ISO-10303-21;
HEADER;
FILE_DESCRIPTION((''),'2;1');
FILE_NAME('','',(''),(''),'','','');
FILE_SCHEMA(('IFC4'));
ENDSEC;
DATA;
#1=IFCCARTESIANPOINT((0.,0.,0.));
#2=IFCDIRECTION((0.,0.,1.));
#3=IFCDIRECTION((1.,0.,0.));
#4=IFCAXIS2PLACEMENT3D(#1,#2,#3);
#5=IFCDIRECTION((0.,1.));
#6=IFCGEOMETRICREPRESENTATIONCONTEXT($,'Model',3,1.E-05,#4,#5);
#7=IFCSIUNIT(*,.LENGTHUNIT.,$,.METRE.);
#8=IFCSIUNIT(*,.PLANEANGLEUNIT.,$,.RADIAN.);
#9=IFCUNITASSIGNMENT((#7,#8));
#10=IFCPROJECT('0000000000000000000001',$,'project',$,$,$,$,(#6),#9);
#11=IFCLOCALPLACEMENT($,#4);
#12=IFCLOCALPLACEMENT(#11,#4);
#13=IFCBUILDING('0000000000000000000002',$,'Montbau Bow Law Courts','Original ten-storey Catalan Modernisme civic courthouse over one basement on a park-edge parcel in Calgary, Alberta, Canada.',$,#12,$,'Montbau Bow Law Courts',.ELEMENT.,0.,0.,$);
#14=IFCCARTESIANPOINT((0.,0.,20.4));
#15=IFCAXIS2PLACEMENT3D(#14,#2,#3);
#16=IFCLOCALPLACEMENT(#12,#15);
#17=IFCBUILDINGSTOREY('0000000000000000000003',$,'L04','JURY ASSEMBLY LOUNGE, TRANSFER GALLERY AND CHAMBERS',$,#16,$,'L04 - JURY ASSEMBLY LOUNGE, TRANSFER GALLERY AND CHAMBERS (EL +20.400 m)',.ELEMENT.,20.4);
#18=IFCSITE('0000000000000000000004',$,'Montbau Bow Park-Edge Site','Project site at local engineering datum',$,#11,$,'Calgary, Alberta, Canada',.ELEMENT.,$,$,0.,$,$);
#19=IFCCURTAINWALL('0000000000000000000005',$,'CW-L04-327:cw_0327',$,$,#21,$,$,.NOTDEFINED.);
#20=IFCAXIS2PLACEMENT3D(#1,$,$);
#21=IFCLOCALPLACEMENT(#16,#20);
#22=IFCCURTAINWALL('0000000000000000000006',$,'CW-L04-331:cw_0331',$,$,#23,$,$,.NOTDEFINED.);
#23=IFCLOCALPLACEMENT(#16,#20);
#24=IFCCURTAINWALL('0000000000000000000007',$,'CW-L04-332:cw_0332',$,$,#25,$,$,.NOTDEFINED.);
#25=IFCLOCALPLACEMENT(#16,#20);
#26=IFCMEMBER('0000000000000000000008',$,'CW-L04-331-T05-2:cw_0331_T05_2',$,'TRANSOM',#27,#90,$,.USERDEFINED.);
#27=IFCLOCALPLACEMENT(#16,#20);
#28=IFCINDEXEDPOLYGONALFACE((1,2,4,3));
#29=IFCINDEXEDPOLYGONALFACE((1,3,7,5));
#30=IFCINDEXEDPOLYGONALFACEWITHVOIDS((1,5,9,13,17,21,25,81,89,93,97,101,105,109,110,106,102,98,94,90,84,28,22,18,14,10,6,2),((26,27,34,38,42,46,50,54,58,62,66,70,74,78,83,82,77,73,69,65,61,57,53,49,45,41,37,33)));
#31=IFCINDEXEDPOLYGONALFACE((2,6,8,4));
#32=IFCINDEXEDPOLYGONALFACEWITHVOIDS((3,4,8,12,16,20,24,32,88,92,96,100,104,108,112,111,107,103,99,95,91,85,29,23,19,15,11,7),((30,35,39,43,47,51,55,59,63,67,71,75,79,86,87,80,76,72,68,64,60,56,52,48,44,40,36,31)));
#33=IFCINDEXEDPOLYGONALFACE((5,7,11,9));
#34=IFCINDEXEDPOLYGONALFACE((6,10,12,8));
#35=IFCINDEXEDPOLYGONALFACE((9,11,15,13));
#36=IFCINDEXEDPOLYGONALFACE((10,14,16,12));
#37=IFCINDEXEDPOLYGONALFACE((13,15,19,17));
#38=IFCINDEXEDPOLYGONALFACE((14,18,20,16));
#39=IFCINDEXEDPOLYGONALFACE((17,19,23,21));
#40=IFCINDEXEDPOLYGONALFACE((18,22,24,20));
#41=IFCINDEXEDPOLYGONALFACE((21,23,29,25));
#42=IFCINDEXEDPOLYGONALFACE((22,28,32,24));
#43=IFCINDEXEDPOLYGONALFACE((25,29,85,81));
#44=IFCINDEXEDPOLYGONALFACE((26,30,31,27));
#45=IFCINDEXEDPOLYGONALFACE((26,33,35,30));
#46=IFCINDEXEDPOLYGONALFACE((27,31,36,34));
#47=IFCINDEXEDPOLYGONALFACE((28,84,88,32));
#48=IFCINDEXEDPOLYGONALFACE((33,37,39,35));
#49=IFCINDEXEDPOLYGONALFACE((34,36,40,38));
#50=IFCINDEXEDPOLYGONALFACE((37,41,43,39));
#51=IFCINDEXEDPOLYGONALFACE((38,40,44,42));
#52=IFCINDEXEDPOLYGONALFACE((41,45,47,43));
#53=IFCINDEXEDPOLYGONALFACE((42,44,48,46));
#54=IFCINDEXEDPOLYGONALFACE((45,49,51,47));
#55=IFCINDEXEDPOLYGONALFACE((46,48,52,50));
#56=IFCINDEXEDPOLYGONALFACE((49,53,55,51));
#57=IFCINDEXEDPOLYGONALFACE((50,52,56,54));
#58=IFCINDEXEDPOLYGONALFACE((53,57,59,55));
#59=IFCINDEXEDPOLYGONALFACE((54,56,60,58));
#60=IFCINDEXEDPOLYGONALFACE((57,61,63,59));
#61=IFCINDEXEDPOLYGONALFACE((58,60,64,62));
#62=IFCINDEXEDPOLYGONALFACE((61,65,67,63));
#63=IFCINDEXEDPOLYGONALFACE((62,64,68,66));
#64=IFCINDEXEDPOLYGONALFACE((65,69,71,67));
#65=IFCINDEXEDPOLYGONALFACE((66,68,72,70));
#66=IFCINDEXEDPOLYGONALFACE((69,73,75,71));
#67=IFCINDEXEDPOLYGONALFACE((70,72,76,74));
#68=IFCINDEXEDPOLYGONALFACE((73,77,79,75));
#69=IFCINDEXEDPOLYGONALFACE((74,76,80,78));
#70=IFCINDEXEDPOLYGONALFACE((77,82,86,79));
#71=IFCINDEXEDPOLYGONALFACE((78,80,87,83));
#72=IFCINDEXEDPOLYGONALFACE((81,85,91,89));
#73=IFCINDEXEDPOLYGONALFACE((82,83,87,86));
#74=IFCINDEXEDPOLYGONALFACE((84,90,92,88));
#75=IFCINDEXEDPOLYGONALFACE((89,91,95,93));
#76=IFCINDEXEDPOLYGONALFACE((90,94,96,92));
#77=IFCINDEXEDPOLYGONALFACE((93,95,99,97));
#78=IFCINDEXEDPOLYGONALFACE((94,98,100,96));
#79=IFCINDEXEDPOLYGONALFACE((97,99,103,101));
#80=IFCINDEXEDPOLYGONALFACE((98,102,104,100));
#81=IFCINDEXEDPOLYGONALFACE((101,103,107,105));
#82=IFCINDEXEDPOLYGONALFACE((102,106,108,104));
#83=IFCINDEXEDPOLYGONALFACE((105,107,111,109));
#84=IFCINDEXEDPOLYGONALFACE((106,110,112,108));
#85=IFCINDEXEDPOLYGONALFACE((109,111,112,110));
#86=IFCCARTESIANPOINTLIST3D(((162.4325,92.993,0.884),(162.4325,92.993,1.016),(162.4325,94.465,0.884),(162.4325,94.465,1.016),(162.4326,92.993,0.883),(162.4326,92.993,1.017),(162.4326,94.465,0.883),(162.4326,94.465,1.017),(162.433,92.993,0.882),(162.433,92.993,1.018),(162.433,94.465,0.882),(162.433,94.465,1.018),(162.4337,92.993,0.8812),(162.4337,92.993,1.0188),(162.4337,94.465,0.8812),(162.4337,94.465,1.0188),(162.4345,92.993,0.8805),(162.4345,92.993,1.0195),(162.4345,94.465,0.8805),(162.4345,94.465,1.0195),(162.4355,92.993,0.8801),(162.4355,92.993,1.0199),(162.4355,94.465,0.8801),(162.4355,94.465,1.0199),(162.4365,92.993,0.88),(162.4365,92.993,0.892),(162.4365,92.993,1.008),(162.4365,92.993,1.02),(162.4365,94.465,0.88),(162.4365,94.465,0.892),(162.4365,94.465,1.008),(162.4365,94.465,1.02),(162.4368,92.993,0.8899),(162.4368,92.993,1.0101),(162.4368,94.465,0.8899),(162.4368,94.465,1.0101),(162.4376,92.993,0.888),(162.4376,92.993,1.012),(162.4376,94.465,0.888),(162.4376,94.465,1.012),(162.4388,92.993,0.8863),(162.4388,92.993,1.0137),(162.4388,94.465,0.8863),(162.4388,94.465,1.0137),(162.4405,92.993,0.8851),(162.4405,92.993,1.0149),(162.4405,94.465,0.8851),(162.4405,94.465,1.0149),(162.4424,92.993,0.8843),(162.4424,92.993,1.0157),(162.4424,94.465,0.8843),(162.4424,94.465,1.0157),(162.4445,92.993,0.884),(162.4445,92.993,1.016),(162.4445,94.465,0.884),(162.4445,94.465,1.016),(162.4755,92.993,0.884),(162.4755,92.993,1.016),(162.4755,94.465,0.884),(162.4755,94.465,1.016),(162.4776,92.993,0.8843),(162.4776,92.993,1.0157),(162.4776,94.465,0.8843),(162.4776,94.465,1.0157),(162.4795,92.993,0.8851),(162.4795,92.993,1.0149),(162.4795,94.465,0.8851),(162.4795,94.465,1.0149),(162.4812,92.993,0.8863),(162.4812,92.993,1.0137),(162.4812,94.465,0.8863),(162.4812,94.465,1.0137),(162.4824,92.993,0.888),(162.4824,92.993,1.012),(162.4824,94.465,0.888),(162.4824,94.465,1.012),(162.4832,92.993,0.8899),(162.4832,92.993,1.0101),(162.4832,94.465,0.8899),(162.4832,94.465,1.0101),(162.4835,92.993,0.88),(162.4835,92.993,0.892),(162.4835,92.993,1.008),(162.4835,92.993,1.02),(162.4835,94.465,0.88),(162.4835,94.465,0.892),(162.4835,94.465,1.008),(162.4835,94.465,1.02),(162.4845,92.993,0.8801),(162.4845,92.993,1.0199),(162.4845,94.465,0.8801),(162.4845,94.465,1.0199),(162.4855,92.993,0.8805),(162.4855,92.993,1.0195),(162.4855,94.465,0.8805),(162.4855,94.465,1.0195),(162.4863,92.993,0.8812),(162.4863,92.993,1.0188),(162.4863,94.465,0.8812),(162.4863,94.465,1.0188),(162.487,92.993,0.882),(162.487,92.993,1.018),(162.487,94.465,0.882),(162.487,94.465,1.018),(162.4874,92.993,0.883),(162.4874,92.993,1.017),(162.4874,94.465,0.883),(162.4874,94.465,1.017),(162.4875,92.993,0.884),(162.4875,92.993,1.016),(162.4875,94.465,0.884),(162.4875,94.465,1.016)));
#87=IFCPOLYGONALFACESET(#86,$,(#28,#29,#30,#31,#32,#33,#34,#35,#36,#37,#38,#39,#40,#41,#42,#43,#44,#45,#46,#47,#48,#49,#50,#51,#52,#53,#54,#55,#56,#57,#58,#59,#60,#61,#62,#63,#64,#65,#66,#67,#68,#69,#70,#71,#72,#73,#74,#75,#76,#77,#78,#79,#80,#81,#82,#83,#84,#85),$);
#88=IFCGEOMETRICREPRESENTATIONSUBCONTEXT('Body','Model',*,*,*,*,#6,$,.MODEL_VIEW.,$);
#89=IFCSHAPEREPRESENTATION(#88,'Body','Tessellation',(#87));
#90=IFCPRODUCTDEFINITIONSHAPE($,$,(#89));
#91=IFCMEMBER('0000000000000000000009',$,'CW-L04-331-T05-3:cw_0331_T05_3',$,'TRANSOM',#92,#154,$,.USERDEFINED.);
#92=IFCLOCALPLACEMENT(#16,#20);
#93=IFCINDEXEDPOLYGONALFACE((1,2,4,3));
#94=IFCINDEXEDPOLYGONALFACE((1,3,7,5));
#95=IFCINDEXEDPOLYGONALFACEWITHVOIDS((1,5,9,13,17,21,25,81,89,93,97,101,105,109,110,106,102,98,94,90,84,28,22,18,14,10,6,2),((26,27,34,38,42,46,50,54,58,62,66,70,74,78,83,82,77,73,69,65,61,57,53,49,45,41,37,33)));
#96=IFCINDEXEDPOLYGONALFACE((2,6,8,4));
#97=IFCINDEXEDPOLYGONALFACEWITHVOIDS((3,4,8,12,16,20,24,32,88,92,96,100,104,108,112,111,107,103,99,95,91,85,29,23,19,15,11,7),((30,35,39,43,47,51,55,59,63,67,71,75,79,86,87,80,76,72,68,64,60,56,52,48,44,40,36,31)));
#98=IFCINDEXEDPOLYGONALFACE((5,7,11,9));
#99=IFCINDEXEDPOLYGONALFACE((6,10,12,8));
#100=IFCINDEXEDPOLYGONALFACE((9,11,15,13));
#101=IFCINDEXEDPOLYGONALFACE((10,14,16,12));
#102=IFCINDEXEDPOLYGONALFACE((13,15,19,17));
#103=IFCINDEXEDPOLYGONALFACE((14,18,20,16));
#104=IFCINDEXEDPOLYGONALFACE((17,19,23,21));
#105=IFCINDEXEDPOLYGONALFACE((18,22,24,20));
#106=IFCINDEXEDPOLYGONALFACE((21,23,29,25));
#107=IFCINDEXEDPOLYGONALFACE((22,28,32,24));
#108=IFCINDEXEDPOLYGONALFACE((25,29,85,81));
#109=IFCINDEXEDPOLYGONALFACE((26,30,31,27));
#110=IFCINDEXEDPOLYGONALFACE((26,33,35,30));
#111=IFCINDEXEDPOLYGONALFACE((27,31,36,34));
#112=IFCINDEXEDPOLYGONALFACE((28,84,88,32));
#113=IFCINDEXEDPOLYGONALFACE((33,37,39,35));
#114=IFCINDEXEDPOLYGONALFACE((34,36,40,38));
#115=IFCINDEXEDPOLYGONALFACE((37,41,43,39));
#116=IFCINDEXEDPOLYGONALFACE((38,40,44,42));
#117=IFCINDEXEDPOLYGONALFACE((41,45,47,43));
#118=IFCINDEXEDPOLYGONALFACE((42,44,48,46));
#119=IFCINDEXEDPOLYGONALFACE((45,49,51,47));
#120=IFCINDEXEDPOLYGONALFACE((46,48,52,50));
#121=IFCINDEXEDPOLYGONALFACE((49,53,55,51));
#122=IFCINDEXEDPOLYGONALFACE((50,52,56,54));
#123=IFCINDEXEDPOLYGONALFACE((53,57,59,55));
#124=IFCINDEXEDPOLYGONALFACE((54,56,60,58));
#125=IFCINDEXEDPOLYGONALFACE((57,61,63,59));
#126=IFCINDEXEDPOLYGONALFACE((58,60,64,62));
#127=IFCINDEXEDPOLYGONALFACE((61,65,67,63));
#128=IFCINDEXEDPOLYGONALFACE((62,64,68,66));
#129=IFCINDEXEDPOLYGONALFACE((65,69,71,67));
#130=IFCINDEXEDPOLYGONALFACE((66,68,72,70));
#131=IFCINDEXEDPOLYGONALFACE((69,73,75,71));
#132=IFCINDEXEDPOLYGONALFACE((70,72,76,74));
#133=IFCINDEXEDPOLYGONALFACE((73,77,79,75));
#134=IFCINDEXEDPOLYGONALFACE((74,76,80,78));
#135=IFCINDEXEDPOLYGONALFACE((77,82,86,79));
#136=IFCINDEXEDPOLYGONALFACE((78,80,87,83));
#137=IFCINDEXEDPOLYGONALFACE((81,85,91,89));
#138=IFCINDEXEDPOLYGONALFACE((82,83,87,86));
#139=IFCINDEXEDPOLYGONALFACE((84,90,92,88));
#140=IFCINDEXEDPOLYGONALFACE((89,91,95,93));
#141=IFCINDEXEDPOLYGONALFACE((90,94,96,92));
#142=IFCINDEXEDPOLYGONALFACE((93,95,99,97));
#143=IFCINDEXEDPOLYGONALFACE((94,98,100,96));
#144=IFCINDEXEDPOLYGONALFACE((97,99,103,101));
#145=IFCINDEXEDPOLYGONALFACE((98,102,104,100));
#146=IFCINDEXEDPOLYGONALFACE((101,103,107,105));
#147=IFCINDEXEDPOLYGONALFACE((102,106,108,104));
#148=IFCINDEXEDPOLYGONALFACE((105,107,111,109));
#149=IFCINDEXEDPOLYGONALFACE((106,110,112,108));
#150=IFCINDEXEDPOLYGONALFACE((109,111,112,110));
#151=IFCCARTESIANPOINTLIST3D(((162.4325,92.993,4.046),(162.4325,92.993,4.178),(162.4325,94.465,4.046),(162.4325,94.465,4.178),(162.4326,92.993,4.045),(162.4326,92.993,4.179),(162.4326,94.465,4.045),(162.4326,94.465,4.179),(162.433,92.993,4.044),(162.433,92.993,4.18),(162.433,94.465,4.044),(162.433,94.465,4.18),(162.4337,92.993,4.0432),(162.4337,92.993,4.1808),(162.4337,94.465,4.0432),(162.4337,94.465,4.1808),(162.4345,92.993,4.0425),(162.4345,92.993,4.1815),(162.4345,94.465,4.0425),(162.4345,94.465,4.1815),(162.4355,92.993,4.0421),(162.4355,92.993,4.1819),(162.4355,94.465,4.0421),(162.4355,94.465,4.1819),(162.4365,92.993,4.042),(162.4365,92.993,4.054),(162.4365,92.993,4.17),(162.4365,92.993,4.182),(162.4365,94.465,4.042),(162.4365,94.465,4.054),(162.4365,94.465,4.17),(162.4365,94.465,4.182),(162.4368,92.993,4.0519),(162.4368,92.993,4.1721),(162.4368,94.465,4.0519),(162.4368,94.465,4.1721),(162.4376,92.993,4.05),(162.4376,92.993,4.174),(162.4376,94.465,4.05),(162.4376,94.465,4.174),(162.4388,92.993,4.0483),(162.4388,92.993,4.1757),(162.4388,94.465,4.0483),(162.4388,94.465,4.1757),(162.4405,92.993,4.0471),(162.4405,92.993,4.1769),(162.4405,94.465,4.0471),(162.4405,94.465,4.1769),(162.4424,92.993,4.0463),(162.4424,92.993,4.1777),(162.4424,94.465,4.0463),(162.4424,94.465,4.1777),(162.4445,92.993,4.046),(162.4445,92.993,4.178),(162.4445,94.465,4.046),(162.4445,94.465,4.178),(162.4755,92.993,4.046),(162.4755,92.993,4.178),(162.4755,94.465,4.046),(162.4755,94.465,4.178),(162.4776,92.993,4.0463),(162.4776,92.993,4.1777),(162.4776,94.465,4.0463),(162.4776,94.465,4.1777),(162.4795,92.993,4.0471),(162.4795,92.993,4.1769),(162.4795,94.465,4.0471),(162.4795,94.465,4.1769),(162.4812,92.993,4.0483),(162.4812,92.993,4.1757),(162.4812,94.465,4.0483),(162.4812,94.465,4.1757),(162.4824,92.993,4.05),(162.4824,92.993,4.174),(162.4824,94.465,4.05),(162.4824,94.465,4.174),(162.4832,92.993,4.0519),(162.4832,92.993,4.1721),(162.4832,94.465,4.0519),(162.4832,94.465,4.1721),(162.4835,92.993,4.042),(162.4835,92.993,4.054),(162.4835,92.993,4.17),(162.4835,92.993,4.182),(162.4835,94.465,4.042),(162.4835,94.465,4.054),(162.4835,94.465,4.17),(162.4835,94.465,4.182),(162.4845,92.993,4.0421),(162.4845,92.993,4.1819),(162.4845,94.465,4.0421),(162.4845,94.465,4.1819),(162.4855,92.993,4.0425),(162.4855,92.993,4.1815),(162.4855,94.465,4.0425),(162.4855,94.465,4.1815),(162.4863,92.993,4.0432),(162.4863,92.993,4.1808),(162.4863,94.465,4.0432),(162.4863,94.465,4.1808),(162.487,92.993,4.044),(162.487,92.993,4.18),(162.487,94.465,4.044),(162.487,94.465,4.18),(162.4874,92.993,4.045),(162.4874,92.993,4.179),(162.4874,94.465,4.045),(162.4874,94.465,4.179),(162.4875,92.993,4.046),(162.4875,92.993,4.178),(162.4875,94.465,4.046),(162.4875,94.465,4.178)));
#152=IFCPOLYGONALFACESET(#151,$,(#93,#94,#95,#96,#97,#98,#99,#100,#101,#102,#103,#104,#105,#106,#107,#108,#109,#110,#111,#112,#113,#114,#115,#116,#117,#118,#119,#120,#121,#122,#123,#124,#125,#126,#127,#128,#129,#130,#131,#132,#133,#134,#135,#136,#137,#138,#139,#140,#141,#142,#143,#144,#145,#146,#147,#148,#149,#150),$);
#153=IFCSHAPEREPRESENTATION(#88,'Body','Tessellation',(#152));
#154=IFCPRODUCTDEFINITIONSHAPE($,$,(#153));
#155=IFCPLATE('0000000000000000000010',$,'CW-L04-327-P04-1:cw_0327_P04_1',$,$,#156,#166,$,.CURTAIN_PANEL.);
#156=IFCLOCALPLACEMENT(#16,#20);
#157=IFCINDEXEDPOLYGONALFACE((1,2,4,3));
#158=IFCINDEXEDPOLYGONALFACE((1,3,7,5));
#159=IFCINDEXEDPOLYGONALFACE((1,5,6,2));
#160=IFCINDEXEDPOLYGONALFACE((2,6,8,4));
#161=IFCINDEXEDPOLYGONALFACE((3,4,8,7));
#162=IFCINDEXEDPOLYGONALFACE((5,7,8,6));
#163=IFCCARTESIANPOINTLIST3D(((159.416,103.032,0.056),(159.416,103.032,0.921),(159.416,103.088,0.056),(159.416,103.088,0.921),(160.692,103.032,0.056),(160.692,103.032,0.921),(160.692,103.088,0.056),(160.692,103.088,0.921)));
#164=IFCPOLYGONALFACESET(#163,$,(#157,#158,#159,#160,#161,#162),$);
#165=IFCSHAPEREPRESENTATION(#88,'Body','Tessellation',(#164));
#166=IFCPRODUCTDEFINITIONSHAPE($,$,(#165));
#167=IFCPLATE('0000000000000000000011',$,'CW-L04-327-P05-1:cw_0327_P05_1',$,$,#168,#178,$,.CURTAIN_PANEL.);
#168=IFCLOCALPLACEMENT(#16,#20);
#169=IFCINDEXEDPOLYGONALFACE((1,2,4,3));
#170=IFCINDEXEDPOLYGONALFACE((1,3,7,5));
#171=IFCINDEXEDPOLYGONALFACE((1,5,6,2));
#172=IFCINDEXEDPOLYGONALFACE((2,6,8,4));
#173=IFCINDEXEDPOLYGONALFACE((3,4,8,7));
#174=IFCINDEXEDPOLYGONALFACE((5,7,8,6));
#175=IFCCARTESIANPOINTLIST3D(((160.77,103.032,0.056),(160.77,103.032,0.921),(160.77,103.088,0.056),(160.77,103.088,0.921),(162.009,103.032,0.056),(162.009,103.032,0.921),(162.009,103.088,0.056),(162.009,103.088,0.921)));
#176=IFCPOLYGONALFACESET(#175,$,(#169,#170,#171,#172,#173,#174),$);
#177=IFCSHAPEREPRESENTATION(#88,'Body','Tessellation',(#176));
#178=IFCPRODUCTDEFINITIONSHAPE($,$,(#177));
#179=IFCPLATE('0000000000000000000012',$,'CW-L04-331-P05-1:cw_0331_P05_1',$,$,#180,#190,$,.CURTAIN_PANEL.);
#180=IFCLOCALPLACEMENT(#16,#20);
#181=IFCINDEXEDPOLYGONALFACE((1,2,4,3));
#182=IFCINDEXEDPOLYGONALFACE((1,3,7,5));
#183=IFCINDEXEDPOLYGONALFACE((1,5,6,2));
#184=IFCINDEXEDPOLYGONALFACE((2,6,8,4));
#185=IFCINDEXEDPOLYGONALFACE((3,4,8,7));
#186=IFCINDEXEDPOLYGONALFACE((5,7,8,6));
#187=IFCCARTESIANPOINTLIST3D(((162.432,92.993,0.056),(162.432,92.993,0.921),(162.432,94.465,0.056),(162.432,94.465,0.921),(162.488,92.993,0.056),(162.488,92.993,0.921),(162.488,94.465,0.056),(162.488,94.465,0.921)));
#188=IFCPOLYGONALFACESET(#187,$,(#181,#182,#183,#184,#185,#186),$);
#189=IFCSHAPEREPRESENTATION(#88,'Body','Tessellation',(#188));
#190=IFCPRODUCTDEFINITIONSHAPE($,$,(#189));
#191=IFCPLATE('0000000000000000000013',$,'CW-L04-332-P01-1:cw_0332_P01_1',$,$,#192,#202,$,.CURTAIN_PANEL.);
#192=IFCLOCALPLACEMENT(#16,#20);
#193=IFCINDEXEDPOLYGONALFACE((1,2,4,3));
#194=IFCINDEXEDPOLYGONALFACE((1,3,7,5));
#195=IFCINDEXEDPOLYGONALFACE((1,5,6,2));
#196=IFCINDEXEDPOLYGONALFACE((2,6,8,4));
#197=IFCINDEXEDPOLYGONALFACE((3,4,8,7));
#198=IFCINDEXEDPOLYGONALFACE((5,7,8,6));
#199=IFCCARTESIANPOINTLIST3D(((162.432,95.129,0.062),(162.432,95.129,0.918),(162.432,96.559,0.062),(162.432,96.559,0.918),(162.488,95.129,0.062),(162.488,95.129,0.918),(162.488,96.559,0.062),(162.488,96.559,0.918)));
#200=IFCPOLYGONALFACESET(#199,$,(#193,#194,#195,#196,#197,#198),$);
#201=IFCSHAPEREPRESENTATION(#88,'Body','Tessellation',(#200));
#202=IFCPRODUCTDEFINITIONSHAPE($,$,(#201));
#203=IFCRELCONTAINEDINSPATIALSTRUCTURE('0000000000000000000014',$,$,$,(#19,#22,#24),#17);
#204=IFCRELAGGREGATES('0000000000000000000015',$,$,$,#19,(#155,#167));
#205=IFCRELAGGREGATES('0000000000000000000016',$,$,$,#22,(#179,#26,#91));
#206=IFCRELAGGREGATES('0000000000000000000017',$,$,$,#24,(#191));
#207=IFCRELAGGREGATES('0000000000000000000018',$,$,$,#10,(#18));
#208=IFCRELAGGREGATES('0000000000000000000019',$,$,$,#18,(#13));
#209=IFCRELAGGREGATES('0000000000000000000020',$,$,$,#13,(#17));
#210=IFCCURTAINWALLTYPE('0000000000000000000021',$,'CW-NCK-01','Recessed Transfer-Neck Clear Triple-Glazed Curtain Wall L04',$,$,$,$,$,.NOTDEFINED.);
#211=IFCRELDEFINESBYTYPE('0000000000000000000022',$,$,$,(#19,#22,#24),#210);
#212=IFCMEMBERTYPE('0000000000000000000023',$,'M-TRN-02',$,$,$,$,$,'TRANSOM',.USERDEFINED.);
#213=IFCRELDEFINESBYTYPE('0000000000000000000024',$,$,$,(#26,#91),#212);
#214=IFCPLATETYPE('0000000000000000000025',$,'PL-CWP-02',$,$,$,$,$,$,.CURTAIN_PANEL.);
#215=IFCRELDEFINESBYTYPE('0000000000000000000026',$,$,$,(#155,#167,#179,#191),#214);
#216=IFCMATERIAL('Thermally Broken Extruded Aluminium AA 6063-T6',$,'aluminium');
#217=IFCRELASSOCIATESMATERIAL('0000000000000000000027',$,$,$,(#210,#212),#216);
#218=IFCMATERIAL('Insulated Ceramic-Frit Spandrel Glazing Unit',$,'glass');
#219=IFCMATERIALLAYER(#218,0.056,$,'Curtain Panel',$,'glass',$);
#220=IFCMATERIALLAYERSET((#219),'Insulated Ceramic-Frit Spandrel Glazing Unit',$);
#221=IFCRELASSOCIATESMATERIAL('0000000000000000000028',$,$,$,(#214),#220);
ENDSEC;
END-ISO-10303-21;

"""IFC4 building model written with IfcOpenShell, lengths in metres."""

from ifc_helpers import new_model, si_unit, direction, frame, frame_2d, origin_with_axes, origin_2d_with_axis, place, context, subcontext, project, spatial, rectangle, hollow_rectangle, extrude, material, layer, layer_set, material_profile, profile_set, type_object, element, aggregate, save


model = new_model("IFC4")

# Units and contexts
model_context = context("Model", 3, precision=1e-05, world=origin_with_axes(), true_north=direction((0.0, 1.0)))
body_context = subcontext(model_context, "Body", "Model", "MODEL_VIEW")
ifc_project = project(units=[si_unit("LENGTHUNIT", "METRE"), si_unit("PLANEANGLEUNIT", "RADIAN")], contexts=[model_context])

# Site, building, storey
site_placement = place(None, origin_with_axes())
site = spatial("IfcSite", under=ifc_project, at=site_placement, Name="Montbau Bow Park-Edge Site", Description="Project site at local engineering datum", LongName="Calgary, Alberta, Canada", CompositionType="ELEMENT", RefElevation=0.0)
building_placement = place(site_placement, origin_with_axes())
building = spatial("IfcBuilding", under=site, at=building_placement, Name="Montbau Bow Law Courts", Description="Original ten-storey Catalan Modernisme civic courthouse over one basement on a park-edge parcel in Calgary, Alberta, Canada.", LongName="Montbau Bow Law Courts", CompositionType="ELEMENT", ElevationOfRefHeight=0.0, ElevationOfTerrain=0.0)
storey_placement = place(building_placement, frame((0.0, 0.0, 20.4), z_axis=(0.0, 0.0, 1.0), x_axis=(1.0, 0.0, 0.0)))
storey = spatial("IfcBuildingStorey", under=building, at=storey_placement, Name="L04", Description="JURY ASSEMBLY LOUNGE, TRANSFER GALLERY AND CHAMBERS", LongName="L04 - JURY ASSEMBLY LOUNGE, TRANSFER GALLERY AND CHAMBERS (EL +20.400 m)", CompositionType="ELEMENT", Elevation=20.4)

# Curtain walls
ifc_material_1 = material(Name="Thermally Broken Extruded Aluminium AA 6063-T6", Category="aluminium")
curtain_wall_type = type_object("IfcCurtainWallType", Name="CW-NCK-01", Description="Recessed Transfer-Neck Clear Triple-Glazed Curtain Wall L04", PredefinedType="NOTDEFINED", material=ifc_material_1)
curtain_wall_1_placement = place(None, frame((155.315, 103.06, 20.4), z_axis=(0.0, 0.0, 1.0), x_axis=(1.0, 0.0, 0.0)))
curtain_wall_1 = element("IfcCurtainWall", 1, at=curtain_wall_1_placement, inside=storey, type_object=curtain_wall_type, Name="CW-L04-327:cw_0327", PredefinedType="NOTDEFINED")
curtain_wall_2_placement = place(None, frame((162.46, 86.668, 20.4), z_axis=(0.0, 0.0, 1.0), x_axis=(1.0, 0.0, 0.0)))
curtain_wall_2 = element("IfcCurtainWall", 2, at=curtain_wall_2_placement, inside=storey, type_object=curtain_wall_type, Name="CW-L04-331:cw_0331", PredefinedType="NOTDEFINED")
curtain_wall_3_placement = place(None, frame((162.46, 95.067, 20.4), z_axis=(0.0, 0.0, 1.0), x_axis=(1.0, 0.0, 0.0)))
curtain_wall_3 = element("IfcCurtainWall", 3, at=curtain_wall_3_placement, inside=storey, type_object=curtain_wall_type, Name="CW-L04-332:cw_0332", PredefinedType="NOTDEFINED")

# Members
ifc_material_profile_1 = material_profile(ifc_material_1, hollow_rectangle(XDim=0.055, YDim=0.14, WallThickness=0.004, InnerFilletRadius=0.008, OuterFilletRadius=0.004, at=origin_2d_with_axis()), Name="CWT-140X55", Category="Main", Priority=0)
ifc_profile_set_1 = profile_set([ifc_material_profile_1], Name="Thermally Broken Extruded Aluminium AA 6063-T6")
member_type_1 = type_object("IfcMemberType", Name="M-TRN-02", ElementType="TRANSOM", PredefinedType="USERDEFINED", material=ifc_profile_set_1)
member_1_placement = place(None, frame((162.46, 92.993, 21.35), z_axis=(0.0, 1.0, 0.0), x_axis=(-1.0, 0.0, 0.0)))
member_1 = element("IfcMember", 4, at=member_1_placement, type_object=member_type_1, Name="CW-L04-331-T05-2:cw_0331_T05_2", ObjectType="TRANSOM", PredefinedType="USERDEFINED", context=body_context, shape_type="SweptSolid", body=[
    extrude(hollow_rectangle(XDim=0.055, YDim=0.14, WallThickness=0.004, InnerFilletRadius=0.008, OuterFilletRadius=0.004, at=origin_2d_with_axis()), origin_with_axes(), (0.0, 0.0, 1.0), 1.472),
])
member_2_placement = place(None, frame((162.46, 92.993, 24.512), z_axis=(0.0, 1.0, 0.0), x_axis=(-1.0, 0.0, 0.0)))
member_2 = element("IfcMember", 5, at=member_2_placement, type_object=member_type_1, Name="CW-L04-331-T05-3:cw_0331_T05_3", ObjectType="TRANSOM", PredefinedType="USERDEFINED", context=body_context, shape_type="SweptSolid", body=[
    extrude(hollow_rectangle(XDim=0.055, YDim=0.14, WallThickness=0.004, InnerFilletRadius=0.008, OuterFilletRadius=0.004, at=origin_2d_with_axis()), origin_with_axes(), (0.0, 0.0, 1.0), 1.472),
])

# Plates
ifc_material_2 = material(Name="Insulated Ceramic-Frit Spandrel Glazing Unit", Category="glass")
ifc_layer_1 = layer(ifc_material_2, 0.056, Name="Curtain Panel", Category="glass")
ifc_layer_set_1 = layer_set([ifc_layer_1], Name="Insulated Ceramic-Frit Spandrel Glazing Unit")
plate_type_1 = type_object("IfcPlateType", Name="PL-CWP-02", PredefinedType="CURTAIN_PANEL", material=ifc_layer_set_1)
plate_1_placement = place(None, frame((159.416, 103.06, 20.456), z_axis=(0.0, -1.0, 0.0), x_axis=(1.0, 0.0, 0.0)))
plate_1 = element("IfcPlate", 6, at=plate_1_placement, type_object=plate_type_1, Name="CW-L04-327-P04-1:cw_0327_P04_1", PredefinedType="CURTAIN_PANEL", context=body_context, shape_type="SweptSolid", body=[
    extrude(rectangle(XDim=1.276, YDim=0.865, at=frame_2d((0.638, 0.4325), x_axis=(1.0, 0.0))), frame((0.0, 0.0, -0.028), z_axis=(0.0, 0.0, 1.0), x_axis=(1.0, 0.0, 0.0)), (0.0, 0.0, 1.0), 0.056),
])
plate_2_placement = place(None, frame((160.77, 103.06, 20.456), z_axis=(0.0, -1.0, 0.0), x_axis=(1.0, 0.0, 0.0)))
plate_2 = element("IfcPlate", 7, at=plate_2_placement, type_object=plate_type_1, Name="CW-L04-327-P05-1:cw_0327_P05_1", PredefinedType="CURTAIN_PANEL", context=body_context, shape_type="SweptSolid", body=[
    extrude(rectangle(XDim=1.239, YDim=0.865, at=frame_2d((0.6195, 0.4325), x_axis=(1.0, 0.0))), frame((0.0, 0.0, -0.028), z_axis=(0.0, 0.0, 1.0), x_axis=(1.0, 0.0, 0.0)), (0.0, 0.0, 1.0), 0.056),
])
plate_3_placement = place(None, frame((162.46, 92.993, 20.456), z_axis=(1.0, 0.0, 0.0), x_axis=(0.0, 1.0, 0.0)))
plate_3 = element("IfcPlate", 8, at=plate_3_placement, type_object=plate_type_1, Name="CW-L04-331-P05-1:cw_0331_P05_1", PredefinedType="CURTAIN_PANEL", context=body_context, shape_type="SweptSolid", body=[
    extrude(rectangle(XDim=1.472, YDim=0.865, at=frame_2d((0.736, 0.4325), x_axis=(1.0, 0.0))), frame((0.0, 0.0, -0.028), z_axis=(0.0, 0.0, 1.0), x_axis=(1.0, 0.0, 0.0)), (0.0, 0.0, 1.0), 0.056),
])
plate_4_placement = place(None, frame((162.46, 95.129, 20.462), z_axis=(1.0, 0.0, 0.0), x_axis=(0.0, 1.0, 0.0)))
plate_4 = element("IfcPlate", 9, at=plate_4_placement, type_object=plate_type_1, Name="CW-L04-332-P01-1:cw_0332_P01_1", PredefinedType="CURTAIN_PANEL", context=body_context, shape_type="SweptSolid", body=[
    extrude(rectangle(XDim=1.43, YDim=0.856, at=frame_2d((0.715, 0.428), x_axis=(1.0, 0.0))), frame((0.0, 0.0, -0.028), z_axis=(0.0, 0.0, 1.0), x_axis=(1.0, 0.0, 0.0)), (0.0, 0.0, 1.0), 0.056),
])
aggregate(curtain_wall_1, [plate_1, plate_2])
aggregate(curtain_wall_2, [plate_3, member_1, member_2])
aggregate(curtain_wall_3, [plate_4])

save(model, "model.ifc")
